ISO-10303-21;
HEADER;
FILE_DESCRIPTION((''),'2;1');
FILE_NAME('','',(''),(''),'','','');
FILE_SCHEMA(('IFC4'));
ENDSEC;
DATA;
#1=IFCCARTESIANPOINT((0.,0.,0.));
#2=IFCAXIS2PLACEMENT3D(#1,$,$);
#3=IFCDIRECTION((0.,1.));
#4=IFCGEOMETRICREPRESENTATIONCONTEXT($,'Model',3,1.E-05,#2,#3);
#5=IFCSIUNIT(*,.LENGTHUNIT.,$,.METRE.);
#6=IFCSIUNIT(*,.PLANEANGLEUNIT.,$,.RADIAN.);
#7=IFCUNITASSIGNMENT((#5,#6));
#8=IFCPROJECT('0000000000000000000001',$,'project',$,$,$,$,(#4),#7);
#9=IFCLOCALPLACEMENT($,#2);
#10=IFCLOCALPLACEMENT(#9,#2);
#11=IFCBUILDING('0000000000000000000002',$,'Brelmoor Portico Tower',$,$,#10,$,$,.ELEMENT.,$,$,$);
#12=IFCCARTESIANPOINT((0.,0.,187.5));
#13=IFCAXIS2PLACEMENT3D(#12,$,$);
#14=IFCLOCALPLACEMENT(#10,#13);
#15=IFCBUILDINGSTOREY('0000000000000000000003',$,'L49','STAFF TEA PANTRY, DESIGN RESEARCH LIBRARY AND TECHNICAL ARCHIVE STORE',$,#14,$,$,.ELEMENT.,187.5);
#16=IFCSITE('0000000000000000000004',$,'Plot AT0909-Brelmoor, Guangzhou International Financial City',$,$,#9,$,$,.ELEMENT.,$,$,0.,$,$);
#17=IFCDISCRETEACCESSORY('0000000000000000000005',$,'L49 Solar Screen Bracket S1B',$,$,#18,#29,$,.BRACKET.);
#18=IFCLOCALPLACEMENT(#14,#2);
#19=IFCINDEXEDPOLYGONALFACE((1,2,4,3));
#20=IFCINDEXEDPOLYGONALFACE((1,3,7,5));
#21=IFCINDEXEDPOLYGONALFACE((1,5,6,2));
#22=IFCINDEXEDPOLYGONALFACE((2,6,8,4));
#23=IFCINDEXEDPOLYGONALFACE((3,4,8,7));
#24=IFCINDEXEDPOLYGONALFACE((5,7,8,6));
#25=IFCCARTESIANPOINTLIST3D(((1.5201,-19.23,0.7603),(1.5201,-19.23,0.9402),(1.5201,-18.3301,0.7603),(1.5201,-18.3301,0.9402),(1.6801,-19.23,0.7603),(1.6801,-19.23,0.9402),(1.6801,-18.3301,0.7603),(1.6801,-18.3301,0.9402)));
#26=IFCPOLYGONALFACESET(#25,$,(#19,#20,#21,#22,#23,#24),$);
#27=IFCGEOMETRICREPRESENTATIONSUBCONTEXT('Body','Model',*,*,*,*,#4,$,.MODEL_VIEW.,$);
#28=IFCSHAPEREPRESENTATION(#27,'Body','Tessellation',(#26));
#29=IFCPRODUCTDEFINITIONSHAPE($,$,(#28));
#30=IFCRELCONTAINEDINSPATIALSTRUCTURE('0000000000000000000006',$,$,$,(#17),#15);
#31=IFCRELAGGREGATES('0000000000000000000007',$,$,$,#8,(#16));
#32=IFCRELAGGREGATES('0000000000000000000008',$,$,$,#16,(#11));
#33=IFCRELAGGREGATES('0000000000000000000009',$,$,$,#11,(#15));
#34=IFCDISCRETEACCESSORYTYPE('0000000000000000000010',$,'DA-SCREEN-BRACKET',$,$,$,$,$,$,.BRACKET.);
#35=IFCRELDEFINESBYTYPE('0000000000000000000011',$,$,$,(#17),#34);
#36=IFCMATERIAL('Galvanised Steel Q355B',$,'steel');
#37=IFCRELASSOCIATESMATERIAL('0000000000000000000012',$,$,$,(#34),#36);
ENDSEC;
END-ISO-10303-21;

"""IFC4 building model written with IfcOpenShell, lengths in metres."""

from ifc_helpers import new_model, si_unit, direction, frame, origin, origin_2d, place, context, subcontext, project, spatial, rectangle, extrude, material, type_object, element, save


model = new_model("IFC4")

# Units and contexts
model_context = context("Model", 3, precision=1e-05, world=origin(), true_north=direction((0.0, 1.0)))
body_context = subcontext(model_context, "Body", "Model", "MODEL_VIEW")
ifc_project = project(units=[si_unit("LENGTHUNIT", "METRE"), si_unit("PLANEANGLEUNIT", "RADIAN")], contexts=[model_context])

# Site, building, storey
site_placement = place(None, origin())
site = spatial("IfcSite", under=ifc_project, at=site_placement, Name="Plot AT0909-Brelmoor, Guangzhou International Financial City", CompositionType="ELEMENT", RefElevation=0.0)
building_placement = place(site_placement, origin())
building = spatial("IfcBuilding", under=site, at=building_placement, Name="Brelmoor Portico Tower", CompositionType="ELEMENT")
storey_placement = place(building_placement, frame((0.0, 0.0, 187.5)))
storey = spatial("IfcBuildingStorey", under=building, at=storey_placement, Name="L49", Description="STAFF TEA PANTRY, DESIGN RESEARCH LIBRARY AND TECHNICAL ARCHIVE STORE", CompositionType="ELEMENT", Elevation=187.5)

# Discrete accessory
ifc_material_1 = material(Name="Galvanised Steel Q355B", Category="steel")
discrete_accessory_type = type_object("IfcDiscreteAccessoryType", Name="DA-SCREEN-BRACKET", PredefinedType="BRACKET", material=ifc_material_1)
discrete_accessory_placement = place(storey_placement, frame((1.6001, -18.78, 0.7603), z_axis=(0.0, 0.0, 1.0), x_axis=(1.0, 0.0, 0.0)))
element("IfcDiscreteAccessory", 1, at=discrete_accessory_placement, inside=storey, type_object=discrete_accessory_type, Name="L49 Solar Screen Bracket S1B", PredefinedType="BRACKET", context=body_context, shape_type="SweptSolid", body=[
    extrude(rectangle(XDim=0.1599, YDim=0.8999, at=origin_2d()), origin(), (0.0, 0.0, 1.0), 0.1799),
])

save(model, "model.ifc")
